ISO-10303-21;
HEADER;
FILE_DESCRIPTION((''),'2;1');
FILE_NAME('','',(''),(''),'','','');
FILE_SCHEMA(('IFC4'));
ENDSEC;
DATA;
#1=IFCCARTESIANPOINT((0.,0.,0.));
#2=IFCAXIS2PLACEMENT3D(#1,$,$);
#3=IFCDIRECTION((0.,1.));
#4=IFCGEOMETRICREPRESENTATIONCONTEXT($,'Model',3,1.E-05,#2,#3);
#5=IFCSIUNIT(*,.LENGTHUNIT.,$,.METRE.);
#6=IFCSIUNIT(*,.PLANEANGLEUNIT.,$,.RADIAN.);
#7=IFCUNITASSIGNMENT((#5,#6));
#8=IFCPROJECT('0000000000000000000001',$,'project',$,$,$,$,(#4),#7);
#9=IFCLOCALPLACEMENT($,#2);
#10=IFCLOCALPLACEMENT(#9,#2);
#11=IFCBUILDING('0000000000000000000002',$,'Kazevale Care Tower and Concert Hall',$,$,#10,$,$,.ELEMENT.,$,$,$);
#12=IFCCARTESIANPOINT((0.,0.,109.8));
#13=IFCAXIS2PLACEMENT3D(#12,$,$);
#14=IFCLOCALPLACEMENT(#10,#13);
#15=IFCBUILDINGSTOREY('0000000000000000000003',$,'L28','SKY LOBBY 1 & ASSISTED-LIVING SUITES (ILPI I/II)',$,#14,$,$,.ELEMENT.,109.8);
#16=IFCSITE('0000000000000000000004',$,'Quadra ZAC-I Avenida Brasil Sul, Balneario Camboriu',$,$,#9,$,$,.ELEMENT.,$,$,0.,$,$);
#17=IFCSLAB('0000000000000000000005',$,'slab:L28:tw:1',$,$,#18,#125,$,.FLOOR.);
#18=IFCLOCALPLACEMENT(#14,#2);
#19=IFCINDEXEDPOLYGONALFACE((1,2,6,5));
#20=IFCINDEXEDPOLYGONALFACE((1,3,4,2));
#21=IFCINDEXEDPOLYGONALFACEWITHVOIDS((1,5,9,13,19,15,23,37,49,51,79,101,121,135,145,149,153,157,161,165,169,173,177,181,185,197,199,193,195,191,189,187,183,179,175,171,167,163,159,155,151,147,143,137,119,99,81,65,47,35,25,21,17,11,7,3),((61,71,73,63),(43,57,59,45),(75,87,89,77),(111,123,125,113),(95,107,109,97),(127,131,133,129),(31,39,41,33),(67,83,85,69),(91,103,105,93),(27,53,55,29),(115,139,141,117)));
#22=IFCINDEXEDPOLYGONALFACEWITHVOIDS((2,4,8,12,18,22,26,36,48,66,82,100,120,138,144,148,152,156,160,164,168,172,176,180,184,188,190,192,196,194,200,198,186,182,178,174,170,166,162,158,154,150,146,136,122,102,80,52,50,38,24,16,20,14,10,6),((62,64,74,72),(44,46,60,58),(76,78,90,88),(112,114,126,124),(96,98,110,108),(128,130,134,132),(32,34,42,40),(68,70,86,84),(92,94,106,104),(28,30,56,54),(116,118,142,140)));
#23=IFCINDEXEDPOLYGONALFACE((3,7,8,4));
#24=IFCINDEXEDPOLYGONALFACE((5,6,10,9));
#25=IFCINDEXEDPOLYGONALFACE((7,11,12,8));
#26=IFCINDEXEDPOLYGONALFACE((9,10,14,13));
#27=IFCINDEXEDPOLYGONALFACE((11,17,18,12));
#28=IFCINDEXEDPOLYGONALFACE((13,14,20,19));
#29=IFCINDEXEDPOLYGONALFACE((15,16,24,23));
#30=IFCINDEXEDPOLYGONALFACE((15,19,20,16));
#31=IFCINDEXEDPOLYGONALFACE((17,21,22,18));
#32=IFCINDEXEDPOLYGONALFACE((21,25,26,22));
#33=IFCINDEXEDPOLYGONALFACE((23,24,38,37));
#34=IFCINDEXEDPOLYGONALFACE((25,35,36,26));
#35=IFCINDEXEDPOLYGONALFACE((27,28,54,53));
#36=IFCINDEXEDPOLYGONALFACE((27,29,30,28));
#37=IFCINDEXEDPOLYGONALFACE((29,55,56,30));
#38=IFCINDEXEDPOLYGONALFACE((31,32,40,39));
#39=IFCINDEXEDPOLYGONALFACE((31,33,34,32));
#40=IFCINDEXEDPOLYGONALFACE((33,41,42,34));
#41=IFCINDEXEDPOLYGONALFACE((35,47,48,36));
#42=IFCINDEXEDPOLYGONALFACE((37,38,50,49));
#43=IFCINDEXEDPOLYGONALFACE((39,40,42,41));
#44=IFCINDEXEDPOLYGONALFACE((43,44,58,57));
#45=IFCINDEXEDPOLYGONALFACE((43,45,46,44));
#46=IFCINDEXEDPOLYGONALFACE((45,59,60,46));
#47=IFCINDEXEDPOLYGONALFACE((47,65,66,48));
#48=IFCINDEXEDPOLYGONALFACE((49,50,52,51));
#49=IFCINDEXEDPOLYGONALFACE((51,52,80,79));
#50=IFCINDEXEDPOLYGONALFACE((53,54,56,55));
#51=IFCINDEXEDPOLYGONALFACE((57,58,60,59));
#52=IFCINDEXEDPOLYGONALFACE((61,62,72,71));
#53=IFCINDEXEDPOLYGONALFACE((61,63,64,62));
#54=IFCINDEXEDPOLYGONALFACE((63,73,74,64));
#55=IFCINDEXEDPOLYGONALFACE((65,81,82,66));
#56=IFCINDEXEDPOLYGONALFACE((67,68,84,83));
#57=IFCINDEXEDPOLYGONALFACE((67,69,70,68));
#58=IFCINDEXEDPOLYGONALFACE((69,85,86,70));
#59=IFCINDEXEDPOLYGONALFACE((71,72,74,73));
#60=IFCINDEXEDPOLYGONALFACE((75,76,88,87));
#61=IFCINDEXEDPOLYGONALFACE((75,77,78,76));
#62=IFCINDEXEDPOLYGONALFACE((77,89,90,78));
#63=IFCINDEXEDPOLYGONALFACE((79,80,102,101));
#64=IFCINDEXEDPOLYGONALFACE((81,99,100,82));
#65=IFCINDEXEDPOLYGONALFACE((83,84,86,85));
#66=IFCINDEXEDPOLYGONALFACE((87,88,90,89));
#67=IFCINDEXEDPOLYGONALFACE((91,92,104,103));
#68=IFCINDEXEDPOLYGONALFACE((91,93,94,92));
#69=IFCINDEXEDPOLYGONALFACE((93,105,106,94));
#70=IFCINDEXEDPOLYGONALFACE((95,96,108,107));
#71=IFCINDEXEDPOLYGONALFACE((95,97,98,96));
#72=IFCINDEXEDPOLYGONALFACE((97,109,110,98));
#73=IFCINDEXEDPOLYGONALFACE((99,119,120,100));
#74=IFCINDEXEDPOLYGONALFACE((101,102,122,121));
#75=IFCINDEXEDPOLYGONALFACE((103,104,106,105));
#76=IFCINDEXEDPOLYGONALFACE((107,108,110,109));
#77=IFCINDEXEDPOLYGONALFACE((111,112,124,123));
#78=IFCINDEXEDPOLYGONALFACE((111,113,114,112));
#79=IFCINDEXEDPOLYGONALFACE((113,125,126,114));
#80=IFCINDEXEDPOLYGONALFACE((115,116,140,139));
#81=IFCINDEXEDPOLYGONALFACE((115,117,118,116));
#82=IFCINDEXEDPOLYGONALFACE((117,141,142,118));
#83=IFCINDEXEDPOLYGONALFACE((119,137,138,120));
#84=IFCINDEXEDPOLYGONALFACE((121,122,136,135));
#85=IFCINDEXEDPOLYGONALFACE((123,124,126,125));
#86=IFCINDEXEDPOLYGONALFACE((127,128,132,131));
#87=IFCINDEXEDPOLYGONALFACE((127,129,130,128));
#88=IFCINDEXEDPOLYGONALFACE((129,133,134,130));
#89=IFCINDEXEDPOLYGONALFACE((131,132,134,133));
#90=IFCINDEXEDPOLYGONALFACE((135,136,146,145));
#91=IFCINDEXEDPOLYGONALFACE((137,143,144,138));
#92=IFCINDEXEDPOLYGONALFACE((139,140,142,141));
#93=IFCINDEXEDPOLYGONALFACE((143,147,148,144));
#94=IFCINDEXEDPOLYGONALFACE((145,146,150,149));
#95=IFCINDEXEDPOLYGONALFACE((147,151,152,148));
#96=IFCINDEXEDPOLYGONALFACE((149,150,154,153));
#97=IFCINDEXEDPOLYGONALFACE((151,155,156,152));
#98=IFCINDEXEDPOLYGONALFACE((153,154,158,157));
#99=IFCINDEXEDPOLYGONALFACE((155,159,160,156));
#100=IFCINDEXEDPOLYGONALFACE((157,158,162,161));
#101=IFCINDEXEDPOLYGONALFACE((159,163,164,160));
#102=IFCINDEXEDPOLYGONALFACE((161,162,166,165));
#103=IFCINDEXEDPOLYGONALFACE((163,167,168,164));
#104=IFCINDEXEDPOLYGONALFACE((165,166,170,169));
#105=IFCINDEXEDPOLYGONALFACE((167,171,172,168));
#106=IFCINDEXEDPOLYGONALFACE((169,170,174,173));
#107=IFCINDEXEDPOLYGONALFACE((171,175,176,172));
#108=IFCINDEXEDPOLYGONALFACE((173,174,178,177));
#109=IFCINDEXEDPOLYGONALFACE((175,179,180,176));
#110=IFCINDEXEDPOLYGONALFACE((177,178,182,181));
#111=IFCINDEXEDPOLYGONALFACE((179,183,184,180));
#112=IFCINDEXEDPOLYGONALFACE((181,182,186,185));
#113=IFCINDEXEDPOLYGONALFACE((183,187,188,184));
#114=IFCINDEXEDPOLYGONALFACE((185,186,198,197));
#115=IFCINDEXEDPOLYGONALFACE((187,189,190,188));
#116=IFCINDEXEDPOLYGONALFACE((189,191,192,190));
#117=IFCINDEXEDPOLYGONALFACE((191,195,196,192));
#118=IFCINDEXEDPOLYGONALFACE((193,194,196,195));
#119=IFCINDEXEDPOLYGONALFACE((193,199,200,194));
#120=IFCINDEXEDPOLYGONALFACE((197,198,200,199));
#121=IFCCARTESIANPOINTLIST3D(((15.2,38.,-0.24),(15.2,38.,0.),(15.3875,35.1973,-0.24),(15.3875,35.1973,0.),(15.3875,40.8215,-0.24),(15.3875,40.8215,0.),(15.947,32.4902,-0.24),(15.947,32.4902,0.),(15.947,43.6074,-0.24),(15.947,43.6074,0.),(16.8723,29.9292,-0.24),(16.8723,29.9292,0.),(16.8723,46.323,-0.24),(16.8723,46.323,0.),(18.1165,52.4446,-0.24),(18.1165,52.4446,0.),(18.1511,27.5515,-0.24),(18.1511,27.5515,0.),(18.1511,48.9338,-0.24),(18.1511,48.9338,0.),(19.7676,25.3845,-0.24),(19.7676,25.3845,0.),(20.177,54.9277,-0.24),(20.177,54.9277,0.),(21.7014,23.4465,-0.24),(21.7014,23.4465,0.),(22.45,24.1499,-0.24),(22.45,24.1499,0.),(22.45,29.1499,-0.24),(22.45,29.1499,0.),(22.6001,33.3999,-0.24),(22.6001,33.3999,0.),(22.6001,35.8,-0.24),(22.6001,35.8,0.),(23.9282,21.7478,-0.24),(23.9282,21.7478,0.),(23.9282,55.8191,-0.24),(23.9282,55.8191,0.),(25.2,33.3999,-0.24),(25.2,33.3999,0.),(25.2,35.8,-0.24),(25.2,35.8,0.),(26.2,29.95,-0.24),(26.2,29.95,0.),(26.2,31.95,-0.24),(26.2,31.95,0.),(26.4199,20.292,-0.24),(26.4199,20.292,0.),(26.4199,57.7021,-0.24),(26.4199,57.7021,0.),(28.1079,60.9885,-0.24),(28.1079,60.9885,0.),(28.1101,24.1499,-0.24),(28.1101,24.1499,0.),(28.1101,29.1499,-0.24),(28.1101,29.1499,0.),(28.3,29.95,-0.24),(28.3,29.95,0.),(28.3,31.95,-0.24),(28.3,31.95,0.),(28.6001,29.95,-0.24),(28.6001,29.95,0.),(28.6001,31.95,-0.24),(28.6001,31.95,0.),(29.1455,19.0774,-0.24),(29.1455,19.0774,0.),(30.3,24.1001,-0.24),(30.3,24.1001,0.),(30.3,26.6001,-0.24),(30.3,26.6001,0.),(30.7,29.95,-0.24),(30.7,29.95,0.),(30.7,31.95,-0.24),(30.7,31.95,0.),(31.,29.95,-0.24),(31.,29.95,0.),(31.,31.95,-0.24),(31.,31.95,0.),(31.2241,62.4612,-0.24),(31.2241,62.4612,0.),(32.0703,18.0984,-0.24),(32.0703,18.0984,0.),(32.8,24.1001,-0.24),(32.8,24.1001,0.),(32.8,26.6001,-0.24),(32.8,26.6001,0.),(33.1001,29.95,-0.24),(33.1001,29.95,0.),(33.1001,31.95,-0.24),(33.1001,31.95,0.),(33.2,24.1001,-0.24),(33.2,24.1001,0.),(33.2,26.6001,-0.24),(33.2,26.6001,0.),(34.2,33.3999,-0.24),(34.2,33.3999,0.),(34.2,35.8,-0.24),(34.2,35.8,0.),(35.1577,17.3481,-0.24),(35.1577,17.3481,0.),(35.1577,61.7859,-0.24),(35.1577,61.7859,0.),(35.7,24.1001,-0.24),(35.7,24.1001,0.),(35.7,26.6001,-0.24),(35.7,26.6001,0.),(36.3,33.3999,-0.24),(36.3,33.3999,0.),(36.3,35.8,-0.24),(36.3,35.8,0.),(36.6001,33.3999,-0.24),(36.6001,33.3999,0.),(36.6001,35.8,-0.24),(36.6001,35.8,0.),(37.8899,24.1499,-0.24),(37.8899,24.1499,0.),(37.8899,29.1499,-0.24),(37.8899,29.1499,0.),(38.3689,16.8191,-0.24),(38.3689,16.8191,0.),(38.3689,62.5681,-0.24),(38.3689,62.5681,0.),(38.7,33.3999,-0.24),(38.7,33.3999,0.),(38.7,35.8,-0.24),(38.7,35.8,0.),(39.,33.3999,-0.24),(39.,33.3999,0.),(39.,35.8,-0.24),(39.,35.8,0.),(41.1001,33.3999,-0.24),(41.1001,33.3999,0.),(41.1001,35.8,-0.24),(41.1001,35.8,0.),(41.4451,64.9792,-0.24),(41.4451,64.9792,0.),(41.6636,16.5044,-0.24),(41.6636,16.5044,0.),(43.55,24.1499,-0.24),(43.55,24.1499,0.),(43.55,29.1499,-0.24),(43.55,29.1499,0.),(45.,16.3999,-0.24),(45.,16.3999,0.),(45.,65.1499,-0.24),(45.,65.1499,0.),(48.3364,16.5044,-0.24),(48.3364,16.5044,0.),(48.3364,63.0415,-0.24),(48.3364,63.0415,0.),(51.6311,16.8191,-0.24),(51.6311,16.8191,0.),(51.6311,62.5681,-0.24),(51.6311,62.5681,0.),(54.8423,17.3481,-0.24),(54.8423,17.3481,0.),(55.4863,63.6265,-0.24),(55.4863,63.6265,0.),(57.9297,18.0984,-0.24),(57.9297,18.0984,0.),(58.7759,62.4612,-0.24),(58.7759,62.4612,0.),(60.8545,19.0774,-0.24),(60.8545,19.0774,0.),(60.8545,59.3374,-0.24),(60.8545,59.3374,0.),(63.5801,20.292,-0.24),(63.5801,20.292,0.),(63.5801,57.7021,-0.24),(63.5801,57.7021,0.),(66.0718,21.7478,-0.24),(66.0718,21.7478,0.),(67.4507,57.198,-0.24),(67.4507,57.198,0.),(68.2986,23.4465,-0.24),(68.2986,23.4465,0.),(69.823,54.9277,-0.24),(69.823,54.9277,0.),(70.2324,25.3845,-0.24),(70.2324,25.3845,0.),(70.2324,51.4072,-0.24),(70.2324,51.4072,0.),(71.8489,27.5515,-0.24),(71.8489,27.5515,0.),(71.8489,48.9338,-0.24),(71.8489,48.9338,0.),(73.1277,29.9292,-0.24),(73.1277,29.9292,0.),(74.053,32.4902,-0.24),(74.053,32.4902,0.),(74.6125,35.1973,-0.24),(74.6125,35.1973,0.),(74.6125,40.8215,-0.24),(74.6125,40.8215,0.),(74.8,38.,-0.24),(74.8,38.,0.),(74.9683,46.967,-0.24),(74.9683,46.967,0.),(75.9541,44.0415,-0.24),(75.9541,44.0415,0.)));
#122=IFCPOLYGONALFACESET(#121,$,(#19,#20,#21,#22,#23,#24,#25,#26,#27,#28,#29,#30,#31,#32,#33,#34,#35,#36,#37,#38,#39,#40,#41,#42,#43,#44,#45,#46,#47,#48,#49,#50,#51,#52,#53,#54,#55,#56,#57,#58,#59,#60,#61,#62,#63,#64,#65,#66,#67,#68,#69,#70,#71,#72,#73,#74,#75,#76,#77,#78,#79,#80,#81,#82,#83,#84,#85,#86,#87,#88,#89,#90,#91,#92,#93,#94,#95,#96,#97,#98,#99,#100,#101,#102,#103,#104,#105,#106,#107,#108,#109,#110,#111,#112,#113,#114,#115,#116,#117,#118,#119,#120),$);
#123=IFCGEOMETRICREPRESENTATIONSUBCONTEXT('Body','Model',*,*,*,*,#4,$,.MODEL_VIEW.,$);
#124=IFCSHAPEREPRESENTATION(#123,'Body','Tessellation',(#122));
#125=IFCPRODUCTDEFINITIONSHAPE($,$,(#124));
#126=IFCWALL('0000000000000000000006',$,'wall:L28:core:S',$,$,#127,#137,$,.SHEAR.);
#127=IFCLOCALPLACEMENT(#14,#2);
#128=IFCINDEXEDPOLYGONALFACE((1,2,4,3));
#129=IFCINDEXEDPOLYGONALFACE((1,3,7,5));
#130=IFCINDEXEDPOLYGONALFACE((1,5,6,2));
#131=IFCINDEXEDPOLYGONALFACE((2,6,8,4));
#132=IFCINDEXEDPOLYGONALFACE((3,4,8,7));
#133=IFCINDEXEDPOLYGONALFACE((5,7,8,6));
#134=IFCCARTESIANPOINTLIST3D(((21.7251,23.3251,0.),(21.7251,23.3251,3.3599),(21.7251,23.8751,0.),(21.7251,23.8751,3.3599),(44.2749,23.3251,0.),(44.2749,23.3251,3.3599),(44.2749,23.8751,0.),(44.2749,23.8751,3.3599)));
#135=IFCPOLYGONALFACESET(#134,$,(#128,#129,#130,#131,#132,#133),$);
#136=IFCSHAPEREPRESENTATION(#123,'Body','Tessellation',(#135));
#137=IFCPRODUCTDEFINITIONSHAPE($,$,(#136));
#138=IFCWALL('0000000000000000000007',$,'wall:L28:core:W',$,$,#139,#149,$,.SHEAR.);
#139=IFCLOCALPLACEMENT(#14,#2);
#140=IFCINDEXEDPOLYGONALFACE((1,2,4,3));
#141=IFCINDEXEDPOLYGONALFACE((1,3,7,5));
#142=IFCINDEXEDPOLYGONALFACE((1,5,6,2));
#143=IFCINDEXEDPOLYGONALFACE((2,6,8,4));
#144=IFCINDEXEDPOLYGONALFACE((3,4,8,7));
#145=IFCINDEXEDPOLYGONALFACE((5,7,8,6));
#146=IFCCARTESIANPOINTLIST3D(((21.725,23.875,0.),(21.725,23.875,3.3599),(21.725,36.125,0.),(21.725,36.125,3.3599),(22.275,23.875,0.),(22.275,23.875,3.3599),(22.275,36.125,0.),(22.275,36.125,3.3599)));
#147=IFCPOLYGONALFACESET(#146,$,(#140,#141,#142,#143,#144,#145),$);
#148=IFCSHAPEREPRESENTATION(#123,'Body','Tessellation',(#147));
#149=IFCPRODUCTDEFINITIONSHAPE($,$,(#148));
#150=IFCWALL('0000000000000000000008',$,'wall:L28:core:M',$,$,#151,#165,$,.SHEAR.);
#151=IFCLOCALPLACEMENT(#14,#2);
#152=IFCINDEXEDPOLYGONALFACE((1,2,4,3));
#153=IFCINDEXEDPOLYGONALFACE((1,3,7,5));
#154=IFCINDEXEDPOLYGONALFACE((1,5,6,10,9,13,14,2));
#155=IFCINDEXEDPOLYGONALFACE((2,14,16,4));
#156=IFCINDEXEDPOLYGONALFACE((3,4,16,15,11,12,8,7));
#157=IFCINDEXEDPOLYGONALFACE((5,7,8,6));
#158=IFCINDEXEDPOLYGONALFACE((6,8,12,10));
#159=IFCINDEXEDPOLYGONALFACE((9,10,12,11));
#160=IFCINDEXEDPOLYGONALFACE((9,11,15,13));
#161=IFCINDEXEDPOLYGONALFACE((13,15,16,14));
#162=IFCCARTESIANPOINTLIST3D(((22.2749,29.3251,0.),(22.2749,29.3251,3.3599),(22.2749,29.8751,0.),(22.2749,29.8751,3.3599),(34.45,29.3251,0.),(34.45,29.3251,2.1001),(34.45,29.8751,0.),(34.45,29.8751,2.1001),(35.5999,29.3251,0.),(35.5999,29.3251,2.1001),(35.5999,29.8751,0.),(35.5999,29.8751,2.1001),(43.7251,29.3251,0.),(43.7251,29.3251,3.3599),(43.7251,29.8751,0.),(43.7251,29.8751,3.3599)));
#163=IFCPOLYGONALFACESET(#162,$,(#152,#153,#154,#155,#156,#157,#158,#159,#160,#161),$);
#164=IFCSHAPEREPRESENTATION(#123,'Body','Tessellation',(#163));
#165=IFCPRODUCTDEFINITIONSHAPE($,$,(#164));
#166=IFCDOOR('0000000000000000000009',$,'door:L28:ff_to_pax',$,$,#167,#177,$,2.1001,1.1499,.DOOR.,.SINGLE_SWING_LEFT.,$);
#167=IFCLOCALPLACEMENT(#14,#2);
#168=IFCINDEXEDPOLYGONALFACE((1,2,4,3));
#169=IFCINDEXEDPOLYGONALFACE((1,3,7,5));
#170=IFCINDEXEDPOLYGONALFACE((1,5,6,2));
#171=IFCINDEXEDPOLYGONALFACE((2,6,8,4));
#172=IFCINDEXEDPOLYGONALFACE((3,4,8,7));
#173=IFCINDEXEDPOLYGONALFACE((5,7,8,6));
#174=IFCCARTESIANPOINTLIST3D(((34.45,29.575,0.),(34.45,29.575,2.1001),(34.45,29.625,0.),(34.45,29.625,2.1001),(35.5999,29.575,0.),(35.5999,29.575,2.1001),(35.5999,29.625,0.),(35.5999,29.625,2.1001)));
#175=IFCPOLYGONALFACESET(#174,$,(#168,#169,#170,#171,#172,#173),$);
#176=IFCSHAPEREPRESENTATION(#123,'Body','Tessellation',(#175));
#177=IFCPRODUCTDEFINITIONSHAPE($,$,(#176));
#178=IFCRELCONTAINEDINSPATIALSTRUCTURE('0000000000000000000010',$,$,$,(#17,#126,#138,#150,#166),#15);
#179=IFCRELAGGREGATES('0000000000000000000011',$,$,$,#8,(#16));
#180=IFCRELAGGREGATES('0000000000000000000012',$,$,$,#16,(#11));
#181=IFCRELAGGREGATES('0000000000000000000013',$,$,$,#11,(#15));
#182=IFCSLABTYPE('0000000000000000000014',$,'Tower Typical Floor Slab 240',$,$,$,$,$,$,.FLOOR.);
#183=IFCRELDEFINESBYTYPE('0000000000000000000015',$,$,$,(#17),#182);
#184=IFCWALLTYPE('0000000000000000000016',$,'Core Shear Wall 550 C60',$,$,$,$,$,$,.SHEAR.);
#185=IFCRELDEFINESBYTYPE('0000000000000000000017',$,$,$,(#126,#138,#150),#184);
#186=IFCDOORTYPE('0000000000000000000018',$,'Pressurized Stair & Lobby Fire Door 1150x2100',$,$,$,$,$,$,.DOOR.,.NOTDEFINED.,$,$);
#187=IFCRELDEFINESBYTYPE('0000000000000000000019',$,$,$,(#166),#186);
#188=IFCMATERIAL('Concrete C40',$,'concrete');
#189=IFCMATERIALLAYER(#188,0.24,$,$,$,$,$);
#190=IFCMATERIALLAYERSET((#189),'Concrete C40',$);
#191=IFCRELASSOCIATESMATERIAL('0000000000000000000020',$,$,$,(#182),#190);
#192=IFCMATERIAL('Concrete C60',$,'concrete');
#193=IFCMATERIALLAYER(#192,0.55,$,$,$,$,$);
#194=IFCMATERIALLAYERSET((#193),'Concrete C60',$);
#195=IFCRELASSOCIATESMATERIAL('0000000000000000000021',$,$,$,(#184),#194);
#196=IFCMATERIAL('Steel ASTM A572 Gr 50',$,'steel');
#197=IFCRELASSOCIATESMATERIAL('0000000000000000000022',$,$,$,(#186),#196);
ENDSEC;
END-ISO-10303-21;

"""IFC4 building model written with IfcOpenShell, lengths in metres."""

from ifc_helpers import new_model, si_unit, direction, frame, frame_2d, origin, place, context, subcontext, project, spatial, polyline, rectangle, outline, extrude, material, layer, layer_set, type_object, element, fill, save


model = new_model("IFC4")

# Units and contexts
model_context = context("Model", 3, precision=1e-05, world=origin(), true_north=direction((0.0, 1.0)))
body_context = subcontext(model_context, "Body", "Model", "MODEL_VIEW")
ifc_project = project(units=[si_unit("LENGTHUNIT", "METRE"), si_unit("PLANEANGLEUNIT", "RADIAN")], contexts=[model_context])

# Site, building, storey
site_placement = place(None, origin())
site = spatial("IfcSite", under=ifc_project, at=site_placement, Name="Quadra ZAC-I Avenida Brasil Sul, Balneario Camboriu", CompositionType="ELEMENT", RefElevation=0.0)
building_placement = place(site_placement, origin())
building = spatial("IfcBuilding", under=site, at=building_placement, Name="Kazevale Care Tower and Concert Hall", CompositionType="ELEMENT")
storey_placement = place(building_placement, frame((0.0, 0.0, 109.8)))
storey = spatial("IfcBuildingStorey", under=building, at=storey_placement, Name="L28", Description="SKY LOBBY 1 & ASSISTED-LIVING SUITES (ILPI I/II)", CompositionType="ELEMENT", Elevation=109.8)

# Shared definitions
ifc_material_1 = material(Name="Concrete C60", Category="concrete")

# Shared definitions
ifc_material_2 = material(Name="Steel ASTM A572 Gr 50", Category="steel")

# Shared definitions
ifc_material_3 = material(Name="Concrete C40", Category="concrete")

# Slab
ifc_layer_1 = layer(ifc_material_3, 0.24)
ifc_layer_set_1 = layer_set([ifc_layer_1], Name="Concrete C40")
slab_type_1 = type_object("IfcSlabType", Name="Tower Typical Floor Slab 240", PredefinedType="FLOOR", material=ifc_layer_set_1)
slab_1_placement = place(storey_placement, frame((0.0, 0.0, -0.24)))
element("IfcSlab", 1, at=slab_1_placement, inside=storey, type_object=slab_type_1, Name="slab:L28:tw:1", PredefinedType="FLOOR", context=body_context, shape_type="SweptSolid", body=[
    extrude(outline(polyline([(74.8, 38.0), (74.6125, 40.8215), (75.9541, 44.0415), (74.9683, 46.967), (71.8489, 48.9338), (70.2324, 51.4072), (69.823, 54.9277), (67.4507, 57.198), (63.5801, 57.7021), (60.8545, 59.3374), (58.7759, 62.4612), (55.4863, 63.6265), (51.6311, 62.5681), (48.3364, 63.0415), (45.0, 65.1499), (41.4451, 64.9792), (38.3689, 62.5681), (35.1577, 61.7859), (31.2241, 62.4612), (28.1079, 60.9885), (26.4199, 57.7021), (23.9282, 55.8191), (20.177, 54.9277), (18.1165, 52.4446), (18.1511, 48.9338), (16.8723, 46.323), (15.947, 43.6074), (15.3875, 40.8215), (15.2, 38.0), (15.3875, 35.1973), (15.947, 32.4902), (16.8723, 29.9292), (18.1511, 27.5515), (19.7676, 25.3845), (21.7014, 23.4465), (23.9282, 21.7478), (26.4199, 20.292), (29.1455, 19.0774), (32.0703, 18.0984), (35.1577, 17.3481), (38.3689, 16.8191), (41.6636, 16.5044), (45.0, 16.3999), (48.3364, 16.5044), (51.6311, 16.8191), (54.8423, 17.3481), (57.9297, 18.0984), (60.8545, 19.0774), (63.5801, 20.292), (66.0718, 21.7478), (68.2986, 23.4465), (70.2324, 25.3845), (71.8489, 27.5515), (73.1277, 29.9292), (74.053, 32.4902), (74.6125, 35.1973), (74.8, 38.0)]), holes=[polyline([(22.45, 24.1499), (28.1101, 24.1499), (28.1101, 29.1499), (22.45, 29.1499), (22.45, 24.1499)]), polyline([(37.8899, 24.1499), (43.55, 24.1499), (43.55, 29.1499), (37.8899, 29.1499), (37.8899, 24.1499)]), polyline([(30.3, 24.1001), (32.8, 24.1001), (32.8, 26.6001), (30.3, 26.6001), (30.3, 24.1001)]), polyline([(33.2, 24.1001), (35.7, 24.1001), (35.7, 26.6001), (33.2, 26.6001), (33.2, 24.1001)]), polyline([(22.6001, 33.3999), (25.2, 33.3999), (25.2, 35.8), (22.6001, 35.8), (22.6001, 33.3999)]), polyline([(34.2, 33.3999), (36.3, 33.3999), (36.3, 35.8), (34.2, 35.8), (34.2, 33.3999)]), polyline([(36.6001, 33.3999), (38.7, 33.3999), (38.7, 35.8), (36.6001, 35.8), (36.6001, 33.3999)]), polyline([(39.0, 33.3999), (41.1001, 33.3999), (41.1001, 35.8), (39.0, 35.8), (39.0, 33.3999)]), polyline([(26.2, 29.95), (28.3, 29.95), (28.3, 31.95), (26.2, 31.95), (26.2, 29.95)]), polyline([(28.6001, 29.95), (30.7, 29.95), (30.7, 31.95), (28.6001, 31.95), (28.6001, 29.95)]), polyline([(31.0, 29.95), (33.1001, 29.95), (33.1001, 31.95), (31.0, 31.95), (31.0, 29.95)])]), origin(), (0.0, 0.0, 1.0), 0.24),
])

# Walls
ifc_layer_2 = layer(ifc_material_1, 0.55)
ifc_layer_set_2 = layer_set([ifc_layer_2], Name="Concrete C60")
wall_type_1 = type_object("IfcWallType", Name="Core Shear Wall 550 C60", PredefinedType="SHEAR", material=ifc_layer_set_2)
wall_1_placement = place(storey_placement, frame((21.7251, 23.6001, 0.0), z_axis=(0.0, 0.0, 1.0), x_axis=(1.0, 0.0, 0.0)))
element("IfcWall", 2, at=wall_1_placement, inside=storey, type_object=wall_type_1, Name="wall:L28:core:S", PredefinedType="SHEAR", context=body_context, shape_type="SweptSolid", body=[
    extrude(rectangle(XDim=22.5498, YDim=0.55, at=frame_2d((11.2749, 0.0))), origin(), (0.0, 0.0, 1.0), 3.3599),
])
wall_2_placement = place(storey_placement, frame((22.0, 23.875, 0.0), z_axis=(0.0, 0.0, 1.0), x_axis=(0.0, 1.0, 0.0)))
element("IfcWall", 3, at=wall_2_placement, inside=storey, type_object=wall_type_1, Name="wall:L28:core:W", PredefinedType="SHEAR", context=body_context, shape_type="SweptSolid", body=[
    extrude(rectangle(XDim=12.25, YDim=0.55, at=frame_2d((6.125, 0.0))), origin(), (0.0, 0.0, 1.0), 3.3599),
])

# Wall, opening, door
wall_3_placement = place(storey_placement, frame((22.2749, 29.6001, 0.0), z_axis=(0.0, 0.0, 1.0), x_axis=(1.0, 0.0, 0.0)))
wall_3 = element("IfcWall", 4, at=wall_3_placement, inside=storey, type_object=wall_type_1, Name="wall:L28:core:M", PredefinedType="SHEAR", context=body_context, shape_type="SweptSolid", body=[
    extrude(rectangle(XDim=21.4502, YDim=0.55, at=frame_2d((10.7251, 0.0))), origin(), (0.0, 0.0, 1.0), 3.3599),
])
opening_1_placement = place(wall_3_placement, frame((12.175, 0.0, 0.0)))
opening_1 = element("IfcOpeningElement", 5, at=opening_1_placement, cuts=wall_3, PredefinedType="OPENING", context=body_context, shape_type="SweptSolid", body=[
    extrude(rectangle(XDim=1.1499, YDim=2.1001, at=frame_2d((0.575, 1.05))), frame((0.0, 0.2849, 0.0), z_axis=(0.0, -1.0, 0.0), x_axis=(1.0, 0.0, 0.0)), (0.0, 0.0, 1.0), 0.5701),
])
door_type_1 = type_object("IfcDoorType", Name="Pressurized Stair & Lobby Fire Door 1150x2100", OperationType="NOTDEFINED", PredefinedType="DOOR", material=ifc_material_2)
door_1_placement = place(opening_1_placement, origin())
door_1 = element("IfcDoor", 6, at=door_1_placement, inside=storey, type_object=door_type_1, Name="door:L28:ff_to_pax", OperationType="SINGLE_SWING_LEFT", OverallHeight=2.1001, OverallWidth=1.1499, PredefinedType="DOOR", context=body_context, shape_type="SweptSolid", body=[
    extrude(rectangle(XDim=1.1499, YDim=2.1001, at=frame_2d((0.575, 1.05))), frame((0.0, 0.0249, 0.0), z_axis=(0.0, -1.0, 0.0), x_axis=(1.0, 0.0, 0.0)), (0.0, 0.0, 1.0), 0.05),
])
fill(opening_1, door_1)

save(model, "model.ifc")
